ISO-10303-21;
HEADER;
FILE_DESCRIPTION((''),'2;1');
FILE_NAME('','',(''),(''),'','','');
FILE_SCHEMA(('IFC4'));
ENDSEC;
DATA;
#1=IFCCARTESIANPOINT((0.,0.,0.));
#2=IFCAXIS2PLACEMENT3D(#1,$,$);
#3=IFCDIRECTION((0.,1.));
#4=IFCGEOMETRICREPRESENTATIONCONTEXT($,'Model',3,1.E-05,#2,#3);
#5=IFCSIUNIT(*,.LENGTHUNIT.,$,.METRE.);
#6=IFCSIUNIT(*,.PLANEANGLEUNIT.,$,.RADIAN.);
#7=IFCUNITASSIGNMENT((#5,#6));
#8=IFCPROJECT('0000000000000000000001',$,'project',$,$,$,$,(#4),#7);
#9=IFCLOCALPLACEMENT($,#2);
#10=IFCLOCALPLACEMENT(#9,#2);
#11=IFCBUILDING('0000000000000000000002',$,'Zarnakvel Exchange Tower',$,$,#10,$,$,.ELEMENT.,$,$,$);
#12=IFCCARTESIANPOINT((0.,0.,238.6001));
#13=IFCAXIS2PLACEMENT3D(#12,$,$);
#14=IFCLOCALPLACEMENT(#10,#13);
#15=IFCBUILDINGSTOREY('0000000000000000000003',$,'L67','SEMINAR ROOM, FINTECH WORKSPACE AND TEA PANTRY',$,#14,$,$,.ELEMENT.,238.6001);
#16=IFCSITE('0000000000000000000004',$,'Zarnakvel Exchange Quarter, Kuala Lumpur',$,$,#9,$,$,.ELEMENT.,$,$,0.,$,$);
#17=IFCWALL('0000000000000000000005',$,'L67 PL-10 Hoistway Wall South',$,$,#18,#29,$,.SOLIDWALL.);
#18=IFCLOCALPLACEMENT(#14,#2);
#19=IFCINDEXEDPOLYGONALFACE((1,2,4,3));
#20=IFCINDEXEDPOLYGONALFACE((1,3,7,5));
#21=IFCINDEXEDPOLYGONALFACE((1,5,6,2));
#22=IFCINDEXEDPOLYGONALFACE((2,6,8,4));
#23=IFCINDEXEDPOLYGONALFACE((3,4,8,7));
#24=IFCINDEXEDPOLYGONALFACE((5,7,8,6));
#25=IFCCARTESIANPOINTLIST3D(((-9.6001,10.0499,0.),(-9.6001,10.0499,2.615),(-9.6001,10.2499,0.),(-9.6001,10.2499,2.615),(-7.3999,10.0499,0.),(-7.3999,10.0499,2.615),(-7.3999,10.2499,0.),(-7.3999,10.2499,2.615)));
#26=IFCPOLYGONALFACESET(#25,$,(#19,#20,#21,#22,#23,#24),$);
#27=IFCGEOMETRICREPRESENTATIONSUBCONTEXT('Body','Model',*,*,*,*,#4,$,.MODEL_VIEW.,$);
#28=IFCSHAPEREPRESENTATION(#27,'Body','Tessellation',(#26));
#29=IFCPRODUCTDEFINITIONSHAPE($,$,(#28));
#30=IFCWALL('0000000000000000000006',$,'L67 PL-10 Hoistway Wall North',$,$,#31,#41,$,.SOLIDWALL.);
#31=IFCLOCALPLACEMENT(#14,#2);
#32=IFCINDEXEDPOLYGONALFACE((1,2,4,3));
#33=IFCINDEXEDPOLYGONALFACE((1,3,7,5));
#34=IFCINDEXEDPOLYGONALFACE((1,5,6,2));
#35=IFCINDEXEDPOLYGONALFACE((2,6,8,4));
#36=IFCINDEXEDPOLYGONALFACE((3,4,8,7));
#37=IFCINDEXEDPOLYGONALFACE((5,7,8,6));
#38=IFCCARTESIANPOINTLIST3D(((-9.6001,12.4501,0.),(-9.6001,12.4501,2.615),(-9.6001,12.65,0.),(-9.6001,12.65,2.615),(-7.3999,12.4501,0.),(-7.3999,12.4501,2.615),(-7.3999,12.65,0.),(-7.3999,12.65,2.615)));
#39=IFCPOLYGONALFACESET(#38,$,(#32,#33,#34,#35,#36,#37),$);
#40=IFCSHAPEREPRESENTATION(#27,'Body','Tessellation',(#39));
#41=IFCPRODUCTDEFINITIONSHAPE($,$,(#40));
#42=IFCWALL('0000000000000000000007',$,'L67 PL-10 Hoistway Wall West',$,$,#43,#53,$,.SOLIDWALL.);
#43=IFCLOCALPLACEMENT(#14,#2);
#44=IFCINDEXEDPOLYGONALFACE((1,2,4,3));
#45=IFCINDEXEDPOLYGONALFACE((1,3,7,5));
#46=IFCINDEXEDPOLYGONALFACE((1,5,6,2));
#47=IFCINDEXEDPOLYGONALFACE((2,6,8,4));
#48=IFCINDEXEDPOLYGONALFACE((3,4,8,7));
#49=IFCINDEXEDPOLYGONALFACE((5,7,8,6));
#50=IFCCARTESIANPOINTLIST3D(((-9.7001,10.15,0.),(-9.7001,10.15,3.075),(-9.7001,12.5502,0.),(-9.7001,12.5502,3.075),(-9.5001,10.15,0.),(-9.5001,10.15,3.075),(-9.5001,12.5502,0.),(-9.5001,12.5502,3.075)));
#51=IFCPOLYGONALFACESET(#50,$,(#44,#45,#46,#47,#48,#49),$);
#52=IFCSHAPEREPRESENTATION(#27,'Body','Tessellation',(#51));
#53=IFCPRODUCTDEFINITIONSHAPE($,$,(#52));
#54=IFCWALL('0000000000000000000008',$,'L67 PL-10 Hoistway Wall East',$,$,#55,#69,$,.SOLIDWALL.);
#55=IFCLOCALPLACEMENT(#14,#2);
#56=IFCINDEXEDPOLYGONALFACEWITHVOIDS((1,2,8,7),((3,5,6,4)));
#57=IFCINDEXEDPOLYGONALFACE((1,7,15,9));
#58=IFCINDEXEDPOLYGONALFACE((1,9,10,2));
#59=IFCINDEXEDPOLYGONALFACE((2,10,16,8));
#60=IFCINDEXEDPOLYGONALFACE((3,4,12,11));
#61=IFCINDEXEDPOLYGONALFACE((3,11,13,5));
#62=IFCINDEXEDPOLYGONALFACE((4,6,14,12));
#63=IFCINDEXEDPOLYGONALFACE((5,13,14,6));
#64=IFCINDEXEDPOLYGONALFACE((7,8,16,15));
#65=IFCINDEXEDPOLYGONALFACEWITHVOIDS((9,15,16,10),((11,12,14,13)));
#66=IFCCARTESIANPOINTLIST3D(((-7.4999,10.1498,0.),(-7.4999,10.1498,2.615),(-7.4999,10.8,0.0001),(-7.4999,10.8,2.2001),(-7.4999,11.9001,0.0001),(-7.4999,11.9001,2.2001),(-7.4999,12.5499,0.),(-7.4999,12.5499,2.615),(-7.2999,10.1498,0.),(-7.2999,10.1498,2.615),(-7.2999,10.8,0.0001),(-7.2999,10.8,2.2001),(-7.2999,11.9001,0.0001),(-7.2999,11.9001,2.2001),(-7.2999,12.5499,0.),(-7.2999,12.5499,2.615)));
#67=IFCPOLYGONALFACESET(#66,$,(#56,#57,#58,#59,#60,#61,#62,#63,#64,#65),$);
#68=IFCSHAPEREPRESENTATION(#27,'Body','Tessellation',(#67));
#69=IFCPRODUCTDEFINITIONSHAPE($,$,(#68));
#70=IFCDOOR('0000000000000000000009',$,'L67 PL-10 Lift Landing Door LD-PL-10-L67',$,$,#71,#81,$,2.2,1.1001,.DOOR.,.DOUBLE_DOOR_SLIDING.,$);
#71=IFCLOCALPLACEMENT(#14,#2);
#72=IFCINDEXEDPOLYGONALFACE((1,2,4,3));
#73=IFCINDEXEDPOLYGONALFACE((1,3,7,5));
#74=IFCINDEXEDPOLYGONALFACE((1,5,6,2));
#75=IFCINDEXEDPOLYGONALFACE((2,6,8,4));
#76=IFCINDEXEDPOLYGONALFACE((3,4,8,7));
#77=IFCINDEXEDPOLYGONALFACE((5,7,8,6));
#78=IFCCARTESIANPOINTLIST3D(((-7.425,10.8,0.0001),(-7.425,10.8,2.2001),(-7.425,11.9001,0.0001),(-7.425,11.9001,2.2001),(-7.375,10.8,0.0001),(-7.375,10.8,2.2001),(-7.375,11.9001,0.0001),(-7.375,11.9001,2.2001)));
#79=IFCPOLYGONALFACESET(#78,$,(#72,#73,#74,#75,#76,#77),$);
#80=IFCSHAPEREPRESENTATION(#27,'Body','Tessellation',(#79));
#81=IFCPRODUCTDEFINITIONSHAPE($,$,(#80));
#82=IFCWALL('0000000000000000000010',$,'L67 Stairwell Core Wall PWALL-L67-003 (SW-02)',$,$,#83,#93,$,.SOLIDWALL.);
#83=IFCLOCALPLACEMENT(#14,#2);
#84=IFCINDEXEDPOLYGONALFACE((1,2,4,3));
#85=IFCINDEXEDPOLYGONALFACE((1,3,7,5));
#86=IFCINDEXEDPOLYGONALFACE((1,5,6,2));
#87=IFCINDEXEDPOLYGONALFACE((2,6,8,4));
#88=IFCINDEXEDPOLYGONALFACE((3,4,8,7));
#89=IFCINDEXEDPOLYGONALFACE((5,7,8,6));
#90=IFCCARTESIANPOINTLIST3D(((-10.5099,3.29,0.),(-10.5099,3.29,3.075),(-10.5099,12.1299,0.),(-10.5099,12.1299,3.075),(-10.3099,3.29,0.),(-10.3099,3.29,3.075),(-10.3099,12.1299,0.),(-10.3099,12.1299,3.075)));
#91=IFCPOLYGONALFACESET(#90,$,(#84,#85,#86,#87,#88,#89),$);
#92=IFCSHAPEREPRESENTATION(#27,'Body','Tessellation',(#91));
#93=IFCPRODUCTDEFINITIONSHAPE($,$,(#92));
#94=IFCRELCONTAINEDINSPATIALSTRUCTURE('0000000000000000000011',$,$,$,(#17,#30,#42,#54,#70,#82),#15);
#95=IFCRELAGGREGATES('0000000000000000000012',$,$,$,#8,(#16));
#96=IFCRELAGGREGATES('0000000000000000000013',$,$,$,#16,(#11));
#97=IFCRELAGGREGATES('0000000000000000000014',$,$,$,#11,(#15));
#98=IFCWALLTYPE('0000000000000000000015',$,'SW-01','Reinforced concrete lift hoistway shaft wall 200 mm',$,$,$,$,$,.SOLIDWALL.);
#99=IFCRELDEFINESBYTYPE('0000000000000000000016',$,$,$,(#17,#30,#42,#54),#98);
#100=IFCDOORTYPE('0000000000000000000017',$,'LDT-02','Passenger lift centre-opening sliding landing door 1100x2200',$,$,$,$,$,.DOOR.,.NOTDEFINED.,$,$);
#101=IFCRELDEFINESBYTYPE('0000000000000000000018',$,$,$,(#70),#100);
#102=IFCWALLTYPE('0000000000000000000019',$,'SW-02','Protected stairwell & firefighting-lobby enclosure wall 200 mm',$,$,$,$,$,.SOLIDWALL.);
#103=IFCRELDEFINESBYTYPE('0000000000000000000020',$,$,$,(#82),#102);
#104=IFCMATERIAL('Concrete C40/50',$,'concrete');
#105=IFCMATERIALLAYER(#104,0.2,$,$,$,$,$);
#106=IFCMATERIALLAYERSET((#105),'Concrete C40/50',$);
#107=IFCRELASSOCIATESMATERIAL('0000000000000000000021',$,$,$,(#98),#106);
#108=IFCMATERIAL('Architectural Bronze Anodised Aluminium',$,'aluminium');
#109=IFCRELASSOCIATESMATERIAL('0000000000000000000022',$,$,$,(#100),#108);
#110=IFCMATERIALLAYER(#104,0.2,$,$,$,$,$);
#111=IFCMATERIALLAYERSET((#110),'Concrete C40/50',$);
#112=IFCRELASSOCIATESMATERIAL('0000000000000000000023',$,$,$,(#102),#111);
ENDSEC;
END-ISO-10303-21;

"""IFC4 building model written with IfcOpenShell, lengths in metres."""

from ifc_helpers import new_model, si_unit, direction, frame, frame_2d, origin, place, context, subcontext, project, spatial, rectangle, extrude, source, transform, mapped, material, layer, layer_set, type_object, element, fill, save


model = new_model("IFC4")

# Units and contexts
model_context = context("Model", 3, precision=1e-05, world=origin(), true_north=direction((0.0, 1.0)))
body_context = subcontext(model_context, "Body", "Model", "MODEL_VIEW")
ifc_project = project(units=[si_unit("LENGTHUNIT", "METRE"), si_unit("PLANEANGLEUNIT", "RADIAN")], contexts=[model_context])

# Site, building, storey
site_placement = place(None, origin())
site = spatial("IfcSite", under=ifc_project, at=site_placement, Name="Zarnakvel Exchange Quarter, Kuala Lumpur", CompositionType="ELEMENT", RefElevation=0.0)
building_placement = place(site_placement, origin())
building = spatial("IfcBuilding", under=site, at=building_placement, Name="Zarnakvel Exchange Tower", CompositionType="ELEMENT")
storey_placement = place(building_placement, frame((0.0, 0.0, 238.6001)))
storey = spatial("IfcBuildingStorey", under=building, at=storey_placement, Name="L67", Description="SEMINAR ROOM, FINTECH WORKSPACE AND TEA PANTRY", CompositionType="ELEMENT", Elevation=238.6001)

# Shared definitions
ifc_material_1 = material(Name="Architectural Bronze Anodised Aluminium", Category="aluminium")

# Shared definitions
ifc_material_2 = material(Name="Concrete C40/50", Category="concrete")
ifc_layer_1 = layer(ifc_material_2, 0.2)
ifc_layer_set_1 = layer_set([ifc_layer_1], Name="Concrete C40/50")
wall_type_1 = type_object("IfcWallType", Name="SW-01", Description="Reinforced concrete lift hoistway shaft wall 200 mm", PredefinedType="SOLIDWALL", material=ifc_layer_set_1)
door_type = type_object("IfcDoorType", Name="LDT-02", Description="Passenger lift centre-opening sliding landing door 1100x2200", OperationType="NOTDEFINED", PredefinedType="DOOR", material=ifc_material_1)
shared_shape_1 = source(origin(), body_context, "Body", "SweptSolid", [
    extrude(rectangle(XDim=1.1001, YDim=2.2, at=frame_2d((0.55, 1.1001))), frame((0.0, 0.0249, 0.0), z_axis=(0.0, -1.0, 0.0), x_axis=(1.0, 0.0, 0.0)), (0.0, 0.0, 1.0), 0.05),
])

# Walls
for number, where, z_axis, x_axis, name in (
    (1, (-7.3999, 10.1499, 0.0), (0.0, 0.0, 1.0), (-1.0, 0.0, 0.0), "L67 PL-10 Hoistway Wall South"),
    (2, (-9.6001, 12.55, 0.0), (0.0, 0.0, 1.0), (1.0, 0.0, 0.0), "L67 PL-10 Hoistway Wall North"),
):
    element("IfcWall", number, at=place(storey_placement, frame(where, z_axis=z_axis, x_axis=x_axis)), inside=storey, type_object=wall_type_1, Name=name, PredefinedType="SOLIDWALL", context=body_context, shape_type="SweptSolid", body=[
        extrude(rectangle(XDim=2.2002, YDim=0.2, at=frame_2d((1.1001, 0.0))), origin(), (0.0, 0.0, 1.0), 2.615),
    ])
wall_1_placement = place(storey_placement, frame((-9.6001, 10.1499, 0.0), z_axis=(0.0, 0.0, 1.0), x_axis=(0.0, 1.0, 0.0)))
element("IfcWall", 3, at=wall_1_placement, inside=storey, type_object=wall_type_1, Name="L67 PL-10 Hoistway Wall West", PredefinedType="SOLIDWALL", context=body_context, shape_type="SweptSolid", body=[
    extrude(rectangle(XDim=2.4001, YDim=0.2, at=frame_2d((1.2002, 0.0))), origin(), (0.0, 0.0, 1.0), 3.075),
])

# Wall, opening, door
wall_2_placement = place(storey_placement, frame((-7.3999, 12.55, 0.0), z_axis=(0.0, 0.0, 1.0), x_axis=(0.0, -1.0, 0.0)))
wall_2 = element("IfcWall", 4, at=wall_2_placement, inside=storey, type_object=wall_type_1, Name="L67 PL-10 Hoistway Wall East", PredefinedType="SOLIDWALL", context=body_context, shape_type="SweptSolid", body=[
    extrude(rectangle(XDim=2.4001, YDim=0.2, at=frame_2d((1.2002, 0.0))), origin(), (0.0, 0.0, 1.0), 2.615),
])
opening_1_placement = place(wall_2_placement, frame((0.6499, 0.0, 0.0)))
opening_1 = element("IfcOpeningElement", 5, at=opening_1_placement, cuts=wall_2, PredefinedType="OPENING", context=body_context, shape_type="SweptSolid", body=[
    extrude(rectangle(XDim=1.1001, YDim=2.2, at=frame_2d((0.55, 1.1001))), frame((0.0, 0.1099, 0.0), z_axis=(0.0, -1.0, 0.0), x_axis=(1.0, 0.0, 0.0)), (0.0, 0.0, 1.0), 0.22),
])
door_1_placement = place(opening_1_placement, origin())
door_1 = element("IfcDoor", 6, at=door_1_placement, inside=storey, type_object=door_type, Name="L67 PL-10 Lift Landing Door LD-PL-10-L67", OperationType="DOUBLE_DOOR_SLIDING", OverallHeight=2.2, OverallWidth=1.1001, PredefinedType="DOOR", context=body_context, shape_type="MappedRepresentation", body=[
    mapped(shared_shape_1, transform((0.0, 0.0, 0.0), x_axis=(1.0, 0.0, 0.0), y_axis=(0.0, 1.0, 0.0), z_axis=(0.0, 0.0, 1.0), scale=1.0)),
])
fill(opening_1, door_1)

# Wall
ifc_layer_2 = layer(ifc_material_2, 0.2)
ifc_layer_set_2 = layer_set([ifc_layer_2], Name="Concrete C40/50")
wall_type_2 = type_object("IfcWallType", Name="SW-02", Description="Protected stairwell & firefighting-lobby enclosure wall 200 mm", PredefinedType="SOLIDWALL", material=ifc_layer_set_2)
wall_3_placement = place(storey_placement, frame((-10.4099, 12.1299, 0.0), z_axis=(0.0, 0.0, 1.0), x_axis=(0.0, -1.0, 0.0)))
element("IfcWall", 7, at=wall_3_placement, inside=storey, type_object=wall_type_2, Name="L67 Stairwell Core Wall PWALL-L67-003 (SW-02)", PredefinedType="SOLIDWALL", context=body_context, shape_type="SweptSolid", body=[
    extrude(rectangle(XDim=8.8398, YDim=0.2, at=frame_2d((4.4199, 0.0))), origin(), (0.0, 0.0, 1.0), 3.075),
])

save(model, "model.ifc")
